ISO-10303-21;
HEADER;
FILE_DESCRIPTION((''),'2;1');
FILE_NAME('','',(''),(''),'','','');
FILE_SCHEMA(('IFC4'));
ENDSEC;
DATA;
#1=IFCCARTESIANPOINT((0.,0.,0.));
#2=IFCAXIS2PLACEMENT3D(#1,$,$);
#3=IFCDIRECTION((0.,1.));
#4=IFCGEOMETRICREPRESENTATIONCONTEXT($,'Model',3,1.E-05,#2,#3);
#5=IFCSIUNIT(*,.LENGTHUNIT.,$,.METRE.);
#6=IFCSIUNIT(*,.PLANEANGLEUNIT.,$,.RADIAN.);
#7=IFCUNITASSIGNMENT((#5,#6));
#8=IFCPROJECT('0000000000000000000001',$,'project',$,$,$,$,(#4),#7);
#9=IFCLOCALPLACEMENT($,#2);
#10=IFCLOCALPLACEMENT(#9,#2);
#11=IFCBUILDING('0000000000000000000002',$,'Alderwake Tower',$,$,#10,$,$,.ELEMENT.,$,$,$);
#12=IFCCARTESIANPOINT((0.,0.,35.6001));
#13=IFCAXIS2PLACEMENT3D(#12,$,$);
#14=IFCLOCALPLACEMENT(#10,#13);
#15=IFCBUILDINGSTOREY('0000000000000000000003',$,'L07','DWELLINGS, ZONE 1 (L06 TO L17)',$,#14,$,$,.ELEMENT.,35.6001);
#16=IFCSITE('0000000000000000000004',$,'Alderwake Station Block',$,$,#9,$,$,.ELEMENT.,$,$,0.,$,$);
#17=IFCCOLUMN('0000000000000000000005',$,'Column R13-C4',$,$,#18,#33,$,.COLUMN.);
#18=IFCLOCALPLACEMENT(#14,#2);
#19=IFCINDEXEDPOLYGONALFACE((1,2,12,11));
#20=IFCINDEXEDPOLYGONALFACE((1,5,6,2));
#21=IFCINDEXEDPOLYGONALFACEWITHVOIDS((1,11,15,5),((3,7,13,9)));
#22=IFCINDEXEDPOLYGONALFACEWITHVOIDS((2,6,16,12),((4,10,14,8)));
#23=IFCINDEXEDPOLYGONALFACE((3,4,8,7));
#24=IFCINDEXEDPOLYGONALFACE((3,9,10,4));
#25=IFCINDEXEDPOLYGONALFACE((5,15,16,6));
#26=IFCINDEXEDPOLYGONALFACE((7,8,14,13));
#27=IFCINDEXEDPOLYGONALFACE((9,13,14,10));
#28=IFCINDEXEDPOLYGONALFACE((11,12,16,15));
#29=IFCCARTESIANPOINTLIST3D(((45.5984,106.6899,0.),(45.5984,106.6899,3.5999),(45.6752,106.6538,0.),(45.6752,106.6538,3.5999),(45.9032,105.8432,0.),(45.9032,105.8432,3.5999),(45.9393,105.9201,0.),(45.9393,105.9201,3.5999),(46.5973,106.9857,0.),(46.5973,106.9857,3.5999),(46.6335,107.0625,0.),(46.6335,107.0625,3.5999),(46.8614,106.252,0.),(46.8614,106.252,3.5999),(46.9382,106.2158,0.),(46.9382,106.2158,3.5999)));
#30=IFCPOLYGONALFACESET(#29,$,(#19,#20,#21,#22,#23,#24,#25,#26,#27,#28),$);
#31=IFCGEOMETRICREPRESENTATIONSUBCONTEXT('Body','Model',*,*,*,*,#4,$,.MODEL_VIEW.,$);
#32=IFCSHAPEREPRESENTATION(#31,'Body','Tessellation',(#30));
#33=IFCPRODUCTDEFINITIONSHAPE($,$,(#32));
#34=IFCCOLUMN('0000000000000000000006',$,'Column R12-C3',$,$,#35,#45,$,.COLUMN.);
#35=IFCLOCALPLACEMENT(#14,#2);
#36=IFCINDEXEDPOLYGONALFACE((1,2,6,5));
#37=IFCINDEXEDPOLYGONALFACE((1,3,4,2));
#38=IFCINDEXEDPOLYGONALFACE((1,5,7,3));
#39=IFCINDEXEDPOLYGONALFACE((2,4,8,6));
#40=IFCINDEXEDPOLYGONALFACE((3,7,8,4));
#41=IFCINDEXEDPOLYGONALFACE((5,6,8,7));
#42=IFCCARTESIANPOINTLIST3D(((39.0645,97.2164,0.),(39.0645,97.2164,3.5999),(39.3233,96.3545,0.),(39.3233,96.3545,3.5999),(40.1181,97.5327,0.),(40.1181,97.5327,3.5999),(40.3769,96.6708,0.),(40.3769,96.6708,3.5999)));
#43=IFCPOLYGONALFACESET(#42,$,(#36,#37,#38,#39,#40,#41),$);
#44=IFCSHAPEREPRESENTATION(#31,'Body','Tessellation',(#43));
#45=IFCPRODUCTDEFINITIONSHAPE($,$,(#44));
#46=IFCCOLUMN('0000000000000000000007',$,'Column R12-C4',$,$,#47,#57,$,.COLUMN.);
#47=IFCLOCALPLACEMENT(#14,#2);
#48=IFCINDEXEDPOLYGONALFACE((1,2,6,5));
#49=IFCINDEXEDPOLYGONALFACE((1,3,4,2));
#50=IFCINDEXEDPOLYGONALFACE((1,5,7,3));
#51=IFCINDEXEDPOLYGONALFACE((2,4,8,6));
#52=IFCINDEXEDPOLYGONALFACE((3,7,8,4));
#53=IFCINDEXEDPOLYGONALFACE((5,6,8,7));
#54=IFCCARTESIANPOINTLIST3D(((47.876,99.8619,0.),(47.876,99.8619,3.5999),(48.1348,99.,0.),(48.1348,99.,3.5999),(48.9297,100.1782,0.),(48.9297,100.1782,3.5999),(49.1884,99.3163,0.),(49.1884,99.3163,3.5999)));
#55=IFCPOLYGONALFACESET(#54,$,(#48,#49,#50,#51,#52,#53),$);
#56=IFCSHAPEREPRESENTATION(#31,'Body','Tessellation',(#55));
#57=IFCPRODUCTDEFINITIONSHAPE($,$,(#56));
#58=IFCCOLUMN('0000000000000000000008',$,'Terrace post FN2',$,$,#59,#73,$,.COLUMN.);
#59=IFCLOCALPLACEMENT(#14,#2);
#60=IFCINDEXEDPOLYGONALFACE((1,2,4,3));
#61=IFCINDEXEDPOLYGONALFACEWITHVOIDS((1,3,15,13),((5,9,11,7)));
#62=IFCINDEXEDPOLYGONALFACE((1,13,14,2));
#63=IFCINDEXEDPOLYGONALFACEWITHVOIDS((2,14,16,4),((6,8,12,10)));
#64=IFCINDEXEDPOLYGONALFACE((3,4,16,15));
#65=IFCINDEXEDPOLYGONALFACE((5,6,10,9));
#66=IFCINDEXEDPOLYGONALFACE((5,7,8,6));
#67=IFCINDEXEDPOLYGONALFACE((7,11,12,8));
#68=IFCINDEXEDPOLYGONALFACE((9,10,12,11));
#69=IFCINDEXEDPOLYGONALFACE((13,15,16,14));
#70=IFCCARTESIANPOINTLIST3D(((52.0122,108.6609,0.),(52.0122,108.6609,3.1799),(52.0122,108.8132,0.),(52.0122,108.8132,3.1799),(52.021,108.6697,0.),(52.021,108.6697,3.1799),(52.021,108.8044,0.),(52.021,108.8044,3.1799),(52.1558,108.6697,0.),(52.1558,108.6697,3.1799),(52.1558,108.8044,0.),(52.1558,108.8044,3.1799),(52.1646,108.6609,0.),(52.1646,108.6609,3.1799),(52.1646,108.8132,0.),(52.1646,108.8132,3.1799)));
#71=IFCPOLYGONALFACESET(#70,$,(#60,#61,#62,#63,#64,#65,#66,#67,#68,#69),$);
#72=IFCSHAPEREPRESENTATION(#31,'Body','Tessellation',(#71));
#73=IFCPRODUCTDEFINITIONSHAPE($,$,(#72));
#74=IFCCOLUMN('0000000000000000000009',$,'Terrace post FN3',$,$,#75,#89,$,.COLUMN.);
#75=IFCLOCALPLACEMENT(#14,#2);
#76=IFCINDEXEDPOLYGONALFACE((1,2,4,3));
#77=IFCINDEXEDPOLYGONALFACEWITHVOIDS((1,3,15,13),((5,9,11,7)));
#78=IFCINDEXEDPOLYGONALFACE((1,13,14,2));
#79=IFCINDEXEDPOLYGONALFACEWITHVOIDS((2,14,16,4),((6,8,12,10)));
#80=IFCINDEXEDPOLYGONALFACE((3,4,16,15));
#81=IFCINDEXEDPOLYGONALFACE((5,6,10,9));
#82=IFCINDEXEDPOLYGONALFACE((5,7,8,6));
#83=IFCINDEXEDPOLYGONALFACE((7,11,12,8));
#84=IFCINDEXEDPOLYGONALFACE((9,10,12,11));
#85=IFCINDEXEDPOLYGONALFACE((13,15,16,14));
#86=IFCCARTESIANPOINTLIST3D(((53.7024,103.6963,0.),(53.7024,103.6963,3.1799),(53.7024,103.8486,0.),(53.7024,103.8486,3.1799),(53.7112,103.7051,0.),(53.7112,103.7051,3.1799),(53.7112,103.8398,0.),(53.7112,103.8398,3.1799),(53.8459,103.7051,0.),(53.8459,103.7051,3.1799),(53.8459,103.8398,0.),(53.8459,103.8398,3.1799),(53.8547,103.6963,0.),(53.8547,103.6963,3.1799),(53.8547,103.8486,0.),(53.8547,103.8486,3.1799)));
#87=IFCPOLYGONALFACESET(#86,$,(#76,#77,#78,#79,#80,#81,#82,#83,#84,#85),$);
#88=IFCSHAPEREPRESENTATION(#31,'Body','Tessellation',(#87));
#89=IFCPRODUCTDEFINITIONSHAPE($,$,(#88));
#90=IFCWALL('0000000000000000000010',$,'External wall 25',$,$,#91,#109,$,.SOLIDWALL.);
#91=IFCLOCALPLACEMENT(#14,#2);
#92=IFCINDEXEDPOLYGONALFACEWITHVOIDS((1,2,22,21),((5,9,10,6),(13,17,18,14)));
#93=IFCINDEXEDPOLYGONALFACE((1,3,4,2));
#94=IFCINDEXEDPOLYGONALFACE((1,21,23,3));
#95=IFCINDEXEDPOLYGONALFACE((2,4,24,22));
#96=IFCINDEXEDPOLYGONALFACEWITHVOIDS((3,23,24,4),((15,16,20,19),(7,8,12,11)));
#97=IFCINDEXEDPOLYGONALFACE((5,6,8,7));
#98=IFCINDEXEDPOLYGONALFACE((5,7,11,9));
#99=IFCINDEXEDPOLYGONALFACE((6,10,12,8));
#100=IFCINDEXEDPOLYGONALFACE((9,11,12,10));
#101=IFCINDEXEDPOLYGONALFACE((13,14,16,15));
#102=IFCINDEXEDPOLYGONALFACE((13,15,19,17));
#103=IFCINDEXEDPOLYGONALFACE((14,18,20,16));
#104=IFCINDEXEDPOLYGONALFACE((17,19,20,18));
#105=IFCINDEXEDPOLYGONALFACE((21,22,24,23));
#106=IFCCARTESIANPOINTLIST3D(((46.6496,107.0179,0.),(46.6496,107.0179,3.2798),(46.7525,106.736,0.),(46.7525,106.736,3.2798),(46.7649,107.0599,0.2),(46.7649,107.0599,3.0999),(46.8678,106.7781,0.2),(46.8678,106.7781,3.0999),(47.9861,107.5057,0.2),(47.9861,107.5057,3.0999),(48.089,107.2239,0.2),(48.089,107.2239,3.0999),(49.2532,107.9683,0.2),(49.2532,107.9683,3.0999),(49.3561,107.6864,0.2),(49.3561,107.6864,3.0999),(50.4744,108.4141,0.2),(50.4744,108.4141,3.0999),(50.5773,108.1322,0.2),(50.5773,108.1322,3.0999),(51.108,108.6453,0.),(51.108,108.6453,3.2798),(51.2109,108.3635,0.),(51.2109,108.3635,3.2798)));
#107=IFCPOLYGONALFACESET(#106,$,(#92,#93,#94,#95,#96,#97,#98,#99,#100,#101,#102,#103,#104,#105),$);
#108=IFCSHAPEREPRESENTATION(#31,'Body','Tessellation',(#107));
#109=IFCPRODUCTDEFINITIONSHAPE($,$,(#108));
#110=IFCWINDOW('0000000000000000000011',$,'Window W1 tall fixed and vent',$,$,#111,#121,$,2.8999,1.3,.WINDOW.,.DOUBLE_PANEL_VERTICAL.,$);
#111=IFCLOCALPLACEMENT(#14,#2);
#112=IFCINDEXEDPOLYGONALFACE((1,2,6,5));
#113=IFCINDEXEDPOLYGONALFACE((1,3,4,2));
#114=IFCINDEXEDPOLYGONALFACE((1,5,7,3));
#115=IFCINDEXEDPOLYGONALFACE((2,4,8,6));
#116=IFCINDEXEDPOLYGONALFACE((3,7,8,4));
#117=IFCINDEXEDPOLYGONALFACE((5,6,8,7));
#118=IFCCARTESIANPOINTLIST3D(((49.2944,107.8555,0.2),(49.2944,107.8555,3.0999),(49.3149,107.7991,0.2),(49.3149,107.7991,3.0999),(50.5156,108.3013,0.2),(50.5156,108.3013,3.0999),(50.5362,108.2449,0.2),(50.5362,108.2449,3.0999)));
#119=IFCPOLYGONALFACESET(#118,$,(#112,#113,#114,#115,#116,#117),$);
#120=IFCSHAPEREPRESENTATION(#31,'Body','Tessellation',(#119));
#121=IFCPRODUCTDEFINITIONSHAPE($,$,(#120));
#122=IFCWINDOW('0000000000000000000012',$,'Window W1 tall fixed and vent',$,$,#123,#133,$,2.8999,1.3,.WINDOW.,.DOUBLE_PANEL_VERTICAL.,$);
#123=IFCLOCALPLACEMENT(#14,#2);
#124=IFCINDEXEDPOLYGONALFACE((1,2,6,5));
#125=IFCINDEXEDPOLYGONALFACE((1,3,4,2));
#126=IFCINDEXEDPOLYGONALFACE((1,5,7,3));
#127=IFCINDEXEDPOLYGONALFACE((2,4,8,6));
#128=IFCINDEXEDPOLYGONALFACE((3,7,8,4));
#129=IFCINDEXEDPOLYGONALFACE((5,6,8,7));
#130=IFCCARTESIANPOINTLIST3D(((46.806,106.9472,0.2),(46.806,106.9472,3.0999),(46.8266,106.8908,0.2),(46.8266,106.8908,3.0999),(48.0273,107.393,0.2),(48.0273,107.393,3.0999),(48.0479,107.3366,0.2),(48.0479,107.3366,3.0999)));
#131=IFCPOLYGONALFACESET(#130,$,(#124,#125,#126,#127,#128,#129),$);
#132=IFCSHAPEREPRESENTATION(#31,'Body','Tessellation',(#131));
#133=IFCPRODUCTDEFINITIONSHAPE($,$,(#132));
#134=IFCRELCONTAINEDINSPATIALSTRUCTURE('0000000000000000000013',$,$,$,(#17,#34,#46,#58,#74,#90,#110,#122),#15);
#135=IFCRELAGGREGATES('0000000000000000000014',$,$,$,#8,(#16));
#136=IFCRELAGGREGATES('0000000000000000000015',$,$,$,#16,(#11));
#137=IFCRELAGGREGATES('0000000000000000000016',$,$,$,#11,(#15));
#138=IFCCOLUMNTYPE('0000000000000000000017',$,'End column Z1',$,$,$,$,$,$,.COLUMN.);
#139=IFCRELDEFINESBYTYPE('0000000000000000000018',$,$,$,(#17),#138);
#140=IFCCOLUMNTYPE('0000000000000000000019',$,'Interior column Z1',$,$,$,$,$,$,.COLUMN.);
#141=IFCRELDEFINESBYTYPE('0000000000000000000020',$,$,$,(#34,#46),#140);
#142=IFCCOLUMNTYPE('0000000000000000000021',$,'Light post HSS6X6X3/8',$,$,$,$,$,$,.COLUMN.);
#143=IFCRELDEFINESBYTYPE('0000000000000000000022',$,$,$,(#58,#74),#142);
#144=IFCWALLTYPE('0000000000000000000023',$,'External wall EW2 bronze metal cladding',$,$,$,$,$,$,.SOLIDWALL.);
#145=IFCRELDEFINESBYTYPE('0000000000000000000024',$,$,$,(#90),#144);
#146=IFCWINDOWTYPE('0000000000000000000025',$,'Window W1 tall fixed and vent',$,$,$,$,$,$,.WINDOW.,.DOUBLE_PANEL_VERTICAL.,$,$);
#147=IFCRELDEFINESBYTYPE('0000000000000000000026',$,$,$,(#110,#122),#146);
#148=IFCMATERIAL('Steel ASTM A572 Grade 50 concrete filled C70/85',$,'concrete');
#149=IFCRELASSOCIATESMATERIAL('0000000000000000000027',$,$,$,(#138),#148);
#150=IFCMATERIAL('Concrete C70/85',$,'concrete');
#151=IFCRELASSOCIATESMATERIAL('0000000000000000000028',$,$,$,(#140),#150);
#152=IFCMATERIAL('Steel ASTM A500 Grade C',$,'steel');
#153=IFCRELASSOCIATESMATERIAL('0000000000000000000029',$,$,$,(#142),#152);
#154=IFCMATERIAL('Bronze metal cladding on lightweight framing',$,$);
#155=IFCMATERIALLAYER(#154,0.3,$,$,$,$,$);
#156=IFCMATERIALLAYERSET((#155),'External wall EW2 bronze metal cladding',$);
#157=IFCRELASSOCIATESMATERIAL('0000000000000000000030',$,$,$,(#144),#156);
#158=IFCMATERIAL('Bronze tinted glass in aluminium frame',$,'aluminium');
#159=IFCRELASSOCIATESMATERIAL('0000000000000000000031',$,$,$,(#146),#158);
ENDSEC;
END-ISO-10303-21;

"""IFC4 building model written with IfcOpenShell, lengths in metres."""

from ifc_helpers import new_model, si_unit, direction, frame, frame_2d, origin, origin_2d, place, context, subcontext, project, spatial, rectangle, hollow_rectangle, extrude, material, layer, layer_set, material_profile, profile_set, type_object, element, fill, save


model = new_model("IFC4")

# Units and contexts
model_context = context("Model", 3, precision=1e-05, world=origin(), true_north=direction((0.0, 1.0)))
body_context = subcontext(model_context, "Body", "Model", "MODEL_VIEW")
ifc_project = project(units=[si_unit("LENGTHUNIT", "METRE"), si_unit("PLANEANGLEUNIT", "RADIAN")], contexts=[model_context])

# Site, building, storey
site_placement = place(None, origin())
site = spatial("IfcSite", under=ifc_project, at=site_placement, Name="Alderwake Station Block", CompositionType="ELEMENT", RefElevation=0.0)
building_placement = place(site_placement, origin())
building = spatial("IfcBuilding", under=site, at=building_placement, Name="Alderwake Tower", CompositionType="ELEMENT")
storey_placement = place(building_placement, frame((0.0, 0.0, 35.6001)))
storey = spatial("IfcBuildingStorey", under=building, at=storey_placement, Name="L07", Description="DWELLINGS, ZONE 1 (L06 TO L17)", CompositionType="ELEMENT", Elevation=35.6001)

# Columns
ifc_material_1 = material(Name="Steel ASTM A572 Grade 50 concrete filled C70/85", Category="concrete")
ifc_material_profile_1 = material_profile(ifc_material_1, hollow_rectangle(XDim=0.8999, YDim=1.1001, WallThickness=0.0601, at=origin_2d()), Name="BOX 1100X900X60")
ifc_profile_set_1 = profile_set([ifc_material_profile_1], Name="Steel ASTM A572 Grade 50 concrete filled C70/85")
column_type_1 = type_object("IfcColumnType", Name="End column Z1", PredefinedType="COLUMN", material=ifc_profile_set_1)
column_placement = place(storey_placement, frame((46.2683, 106.4529, 0.0), z_axis=(0.0, 0.0, 1.0), x_axis=(-0.338695, 0.940896, 0.0)))
element("IfcColumn", 1, at=column_placement, inside=storey, type_object=column_type_1, Name="Column R13-C4", PredefinedType="COLUMN", context=body_context, shape_type="SweptSolid", body=[
    extrude(hollow_rectangle(XDim=0.8999, YDim=1.1001, WallThickness=0.0601, at=origin_2d()), origin(), (0.0, 0.0, 1.0), 3.5999),
])
ifc_material_2 = material(Name="Concrete C70/85", Category="concrete")
ifc_material_profile_2 = material_profile(ifc_material_2, rectangle(XDim=0.8999, YDim=1.1001, at=origin_2d()), Name="RC 1100X900")
ifc_profile_set_2 = profile_set([ifc_material_profile_2], Name="Concrete C70/85")
column_type_2 = type_object("IfcColumnType", Name="Interior column Z1", PredefinedType="COLUMN", material=ifc_profile_set_2)
for number, where, z_axis, x_axis, name in (
    (2, (39.7207, 96.9436, 0.0), (0.0, 0.0, 1.0), (-0.287549, 0.957766, 0.0), "Column R12-C3"),
    (3, (48.5322, 99.5891, 0.0), (0.0, 0.0, 1.0), (-0.287549, 0.957766, 0.0), "Column R12-C4"),
):
    element("IfcColumn", number, at=place(storey_placement, frame(where, z_axis=z_axis, x_axis=x_axis)), inside=storey, type_object=column_type_2, Name=name, PredefinedType="COLUMN", context=body_context, shape_type="SweptSolid", body=[
        extrude(rectangle(XDim=0.8999, YDim=1.1001, at=origin_2d()), origin(), (0.0, 0.0, 1.0), 3.5999),
    ])
ifc_material_3 = material(Name="Steel ASTM A500 Grade C", Category="steel")
ifc_material_profile_3 = material_profile(ifc_material_3, hollow_rectangle(XDim=0.1523, YDim=0.1523, WallThickness=0.0088, at=origin_2d()), Name="HSS6X6X3/8")
ifc_profile_set_3 = profile_set([ifc_material_profile_3], Name="Steel ASTM A500 Grade C")
column_type_3 = type_object("IfcColumnType", Name="Light post HSS6X6X3/8", PredefinedType="COLUMN", material=ifc_profile_set_3)
for number, where, z_axis, x_axis, name in (
    (4, (52.0884, 108.7371, 0.0), (0.0, 0.0, 1.0), (1.0, 0.0, 0.0), "Terrace post FN2"),
    (5, (53.7786, 103.7725, 0.0), (0.0, 0.0, 1.0), (1.0, 0.0, 0.0), "Terrace post FN3"),
):
    element("IfcColumn", number, at=place(storey_placement, frame(where, z_axis=z_axis, x_axis=x_axis)), inside=storey, type_object=column_type_3, Name=name, PredefinedType="COLUMN", context=body_context, shape_type="SweptSolid", body=[
        extrude(hollow_rectangle(XDim=0.1523, YDim=0.1523, WallThickness=0.0088, at=origin_2d()), origin(), (0.0, 0.0, 1.0), 3.1799),
    ])

# Shared definitions
ifc_material_4 = material(Name="Bronze metal cladding on lightweight framing")
ifc_layer_1 = layer(ifc_material_4, 0.3)
ifc_layer_set_1 = layer_set([ifc_layer_1], Name="External wall EW2 bronze metal cladding")
wall_type_1 = type_object("IfcWallType", Name="External wall EW2 bronze metal cladding", PredefinedType="SOLIDWALL", material=ifc_layer_set_1)
ifc_material_5 = material(Name="Bronze tinted glass in aluminium frame", Category="aluminium")
window_type = type_object("IfcWindowType", Name="Window W1 tall fixed and vent", PartitioningType="DOUBLE_PANEL_VERTICAL", PredefinedType="WINDOW", material=ifc_material_5)

# Wall, openings, windows
wall_1_placement = place(storey_placement, frame((51.1594, 108.5044, 0.0), z_axis=(0.0, 0.0, 1.0), x_axis=(-0.939369, -0.342908, 0.0)))
wall_1 = element("IfcWall", 6, at=wall_1_placement, inside=storey, type_object=wall_type_1, Name="External wall 25", PredefinedType="SOLIDWALL", context=body_context, shape_type="SweptSolid", body=[
    extrude(rectangle(XDim=4.7461, YDim=0.3, at=frame_2d((2.373, 0.0))), origin(), (0.0, 0.0, 1.0), 3.2798),
])
opening_1_placement = place(wall_1_placement, frame((0.6746, 0.0, 0.2)))
opening_1 = element("IfcOpeningElement", 7, at=opening_1_placement, cuts=wall_1, PredefinedType="OPENING", context=body_context, shape_type="SweptSolid", body=[
    extrude(rectangle(XDim=1.3, YDim=2.8999, at=frame_2d((0.6499, 1.45))), frame((0.0, 0.1599, 0.0), z_axis=(0.0, -1.0, 0.0), x_axis=(1.0, 0.0, 0.0)), (0.0, 0.0, 1.0), 0.3201),
])
opening_2_placement = place(wall_1_placement, frame((3.3235, 0.0, 0.2)))
opening_2 = element("IfcOpeningElement", 8, at=opening_2_placement, cuts=wall_1, PredefinedType="OPENING", context=body_context, shape_type="SweptSolid", body=[
    extrude(rectangle(XDim=1.3, YDim=2.8999, at=frame_2d((0.6499, 1.45))), frame((0.0, 0.1599, 0.0), z_axis=(0.0, -1.0, 0.0), x_axis=(1.0, 0.0, 0.0)), (0.0, 0.0, 1.0), 0.3201),
])
window_1_placement = place(opening_1_placement, origin())
window_1 = element("IfcWindow", 9, at=window_1_placement, inside=storey, type_object=window_type, Name="Window W1 tall fixed and vent", OverallHeight=2.8999, OverallWidth=1.3, PartitioningType="DOUBLE_PANEL_VERTICAL", PredefinedType="WINDOW", context=body_context, shape_type="SweptSolid", body=[
    extrude(rectangle(XDim=1.3, YDim=2.8999, at=frame_2d((0.6499, 1.45))), frame((0.0, 0.03, 0.0), z_axis=(0.0, -1.0, 0.0), x_axis=(1.0, 0.0, 0.0)), (0.0, 0.0, 1.0), 0.0601),
])
fill(opening_1, window_1)
window_2_placement = place(opening_2_placement, origin())
window_2 = element("IfcWindow", 10, at=window_2_placement, inside=storey, type_object=window_type, Name="Window W1 tall fixed and vent", OverallHeight=2.8999, OverallWidth=1.3, PartitioningType="DOUBLE_PANEL_VERTICAL", PredefinedType="WINDOW", context=body_context, shape_type="SweptSolid", body=[
    extrude(rectangle(XDim=1.3, YDim=2.8999, at=frame_2d((0.6499, 1.45))), frame((0.0, 0.03, 0.0), z_axis=(0.0, -1.0, 0.0), x_axis=(1.0, 0.0, 0.0)), (0.0, 0.0, 1.0), 0.0601),
])
fill(opening_2, window_2)

save(model, "model.ifc")
